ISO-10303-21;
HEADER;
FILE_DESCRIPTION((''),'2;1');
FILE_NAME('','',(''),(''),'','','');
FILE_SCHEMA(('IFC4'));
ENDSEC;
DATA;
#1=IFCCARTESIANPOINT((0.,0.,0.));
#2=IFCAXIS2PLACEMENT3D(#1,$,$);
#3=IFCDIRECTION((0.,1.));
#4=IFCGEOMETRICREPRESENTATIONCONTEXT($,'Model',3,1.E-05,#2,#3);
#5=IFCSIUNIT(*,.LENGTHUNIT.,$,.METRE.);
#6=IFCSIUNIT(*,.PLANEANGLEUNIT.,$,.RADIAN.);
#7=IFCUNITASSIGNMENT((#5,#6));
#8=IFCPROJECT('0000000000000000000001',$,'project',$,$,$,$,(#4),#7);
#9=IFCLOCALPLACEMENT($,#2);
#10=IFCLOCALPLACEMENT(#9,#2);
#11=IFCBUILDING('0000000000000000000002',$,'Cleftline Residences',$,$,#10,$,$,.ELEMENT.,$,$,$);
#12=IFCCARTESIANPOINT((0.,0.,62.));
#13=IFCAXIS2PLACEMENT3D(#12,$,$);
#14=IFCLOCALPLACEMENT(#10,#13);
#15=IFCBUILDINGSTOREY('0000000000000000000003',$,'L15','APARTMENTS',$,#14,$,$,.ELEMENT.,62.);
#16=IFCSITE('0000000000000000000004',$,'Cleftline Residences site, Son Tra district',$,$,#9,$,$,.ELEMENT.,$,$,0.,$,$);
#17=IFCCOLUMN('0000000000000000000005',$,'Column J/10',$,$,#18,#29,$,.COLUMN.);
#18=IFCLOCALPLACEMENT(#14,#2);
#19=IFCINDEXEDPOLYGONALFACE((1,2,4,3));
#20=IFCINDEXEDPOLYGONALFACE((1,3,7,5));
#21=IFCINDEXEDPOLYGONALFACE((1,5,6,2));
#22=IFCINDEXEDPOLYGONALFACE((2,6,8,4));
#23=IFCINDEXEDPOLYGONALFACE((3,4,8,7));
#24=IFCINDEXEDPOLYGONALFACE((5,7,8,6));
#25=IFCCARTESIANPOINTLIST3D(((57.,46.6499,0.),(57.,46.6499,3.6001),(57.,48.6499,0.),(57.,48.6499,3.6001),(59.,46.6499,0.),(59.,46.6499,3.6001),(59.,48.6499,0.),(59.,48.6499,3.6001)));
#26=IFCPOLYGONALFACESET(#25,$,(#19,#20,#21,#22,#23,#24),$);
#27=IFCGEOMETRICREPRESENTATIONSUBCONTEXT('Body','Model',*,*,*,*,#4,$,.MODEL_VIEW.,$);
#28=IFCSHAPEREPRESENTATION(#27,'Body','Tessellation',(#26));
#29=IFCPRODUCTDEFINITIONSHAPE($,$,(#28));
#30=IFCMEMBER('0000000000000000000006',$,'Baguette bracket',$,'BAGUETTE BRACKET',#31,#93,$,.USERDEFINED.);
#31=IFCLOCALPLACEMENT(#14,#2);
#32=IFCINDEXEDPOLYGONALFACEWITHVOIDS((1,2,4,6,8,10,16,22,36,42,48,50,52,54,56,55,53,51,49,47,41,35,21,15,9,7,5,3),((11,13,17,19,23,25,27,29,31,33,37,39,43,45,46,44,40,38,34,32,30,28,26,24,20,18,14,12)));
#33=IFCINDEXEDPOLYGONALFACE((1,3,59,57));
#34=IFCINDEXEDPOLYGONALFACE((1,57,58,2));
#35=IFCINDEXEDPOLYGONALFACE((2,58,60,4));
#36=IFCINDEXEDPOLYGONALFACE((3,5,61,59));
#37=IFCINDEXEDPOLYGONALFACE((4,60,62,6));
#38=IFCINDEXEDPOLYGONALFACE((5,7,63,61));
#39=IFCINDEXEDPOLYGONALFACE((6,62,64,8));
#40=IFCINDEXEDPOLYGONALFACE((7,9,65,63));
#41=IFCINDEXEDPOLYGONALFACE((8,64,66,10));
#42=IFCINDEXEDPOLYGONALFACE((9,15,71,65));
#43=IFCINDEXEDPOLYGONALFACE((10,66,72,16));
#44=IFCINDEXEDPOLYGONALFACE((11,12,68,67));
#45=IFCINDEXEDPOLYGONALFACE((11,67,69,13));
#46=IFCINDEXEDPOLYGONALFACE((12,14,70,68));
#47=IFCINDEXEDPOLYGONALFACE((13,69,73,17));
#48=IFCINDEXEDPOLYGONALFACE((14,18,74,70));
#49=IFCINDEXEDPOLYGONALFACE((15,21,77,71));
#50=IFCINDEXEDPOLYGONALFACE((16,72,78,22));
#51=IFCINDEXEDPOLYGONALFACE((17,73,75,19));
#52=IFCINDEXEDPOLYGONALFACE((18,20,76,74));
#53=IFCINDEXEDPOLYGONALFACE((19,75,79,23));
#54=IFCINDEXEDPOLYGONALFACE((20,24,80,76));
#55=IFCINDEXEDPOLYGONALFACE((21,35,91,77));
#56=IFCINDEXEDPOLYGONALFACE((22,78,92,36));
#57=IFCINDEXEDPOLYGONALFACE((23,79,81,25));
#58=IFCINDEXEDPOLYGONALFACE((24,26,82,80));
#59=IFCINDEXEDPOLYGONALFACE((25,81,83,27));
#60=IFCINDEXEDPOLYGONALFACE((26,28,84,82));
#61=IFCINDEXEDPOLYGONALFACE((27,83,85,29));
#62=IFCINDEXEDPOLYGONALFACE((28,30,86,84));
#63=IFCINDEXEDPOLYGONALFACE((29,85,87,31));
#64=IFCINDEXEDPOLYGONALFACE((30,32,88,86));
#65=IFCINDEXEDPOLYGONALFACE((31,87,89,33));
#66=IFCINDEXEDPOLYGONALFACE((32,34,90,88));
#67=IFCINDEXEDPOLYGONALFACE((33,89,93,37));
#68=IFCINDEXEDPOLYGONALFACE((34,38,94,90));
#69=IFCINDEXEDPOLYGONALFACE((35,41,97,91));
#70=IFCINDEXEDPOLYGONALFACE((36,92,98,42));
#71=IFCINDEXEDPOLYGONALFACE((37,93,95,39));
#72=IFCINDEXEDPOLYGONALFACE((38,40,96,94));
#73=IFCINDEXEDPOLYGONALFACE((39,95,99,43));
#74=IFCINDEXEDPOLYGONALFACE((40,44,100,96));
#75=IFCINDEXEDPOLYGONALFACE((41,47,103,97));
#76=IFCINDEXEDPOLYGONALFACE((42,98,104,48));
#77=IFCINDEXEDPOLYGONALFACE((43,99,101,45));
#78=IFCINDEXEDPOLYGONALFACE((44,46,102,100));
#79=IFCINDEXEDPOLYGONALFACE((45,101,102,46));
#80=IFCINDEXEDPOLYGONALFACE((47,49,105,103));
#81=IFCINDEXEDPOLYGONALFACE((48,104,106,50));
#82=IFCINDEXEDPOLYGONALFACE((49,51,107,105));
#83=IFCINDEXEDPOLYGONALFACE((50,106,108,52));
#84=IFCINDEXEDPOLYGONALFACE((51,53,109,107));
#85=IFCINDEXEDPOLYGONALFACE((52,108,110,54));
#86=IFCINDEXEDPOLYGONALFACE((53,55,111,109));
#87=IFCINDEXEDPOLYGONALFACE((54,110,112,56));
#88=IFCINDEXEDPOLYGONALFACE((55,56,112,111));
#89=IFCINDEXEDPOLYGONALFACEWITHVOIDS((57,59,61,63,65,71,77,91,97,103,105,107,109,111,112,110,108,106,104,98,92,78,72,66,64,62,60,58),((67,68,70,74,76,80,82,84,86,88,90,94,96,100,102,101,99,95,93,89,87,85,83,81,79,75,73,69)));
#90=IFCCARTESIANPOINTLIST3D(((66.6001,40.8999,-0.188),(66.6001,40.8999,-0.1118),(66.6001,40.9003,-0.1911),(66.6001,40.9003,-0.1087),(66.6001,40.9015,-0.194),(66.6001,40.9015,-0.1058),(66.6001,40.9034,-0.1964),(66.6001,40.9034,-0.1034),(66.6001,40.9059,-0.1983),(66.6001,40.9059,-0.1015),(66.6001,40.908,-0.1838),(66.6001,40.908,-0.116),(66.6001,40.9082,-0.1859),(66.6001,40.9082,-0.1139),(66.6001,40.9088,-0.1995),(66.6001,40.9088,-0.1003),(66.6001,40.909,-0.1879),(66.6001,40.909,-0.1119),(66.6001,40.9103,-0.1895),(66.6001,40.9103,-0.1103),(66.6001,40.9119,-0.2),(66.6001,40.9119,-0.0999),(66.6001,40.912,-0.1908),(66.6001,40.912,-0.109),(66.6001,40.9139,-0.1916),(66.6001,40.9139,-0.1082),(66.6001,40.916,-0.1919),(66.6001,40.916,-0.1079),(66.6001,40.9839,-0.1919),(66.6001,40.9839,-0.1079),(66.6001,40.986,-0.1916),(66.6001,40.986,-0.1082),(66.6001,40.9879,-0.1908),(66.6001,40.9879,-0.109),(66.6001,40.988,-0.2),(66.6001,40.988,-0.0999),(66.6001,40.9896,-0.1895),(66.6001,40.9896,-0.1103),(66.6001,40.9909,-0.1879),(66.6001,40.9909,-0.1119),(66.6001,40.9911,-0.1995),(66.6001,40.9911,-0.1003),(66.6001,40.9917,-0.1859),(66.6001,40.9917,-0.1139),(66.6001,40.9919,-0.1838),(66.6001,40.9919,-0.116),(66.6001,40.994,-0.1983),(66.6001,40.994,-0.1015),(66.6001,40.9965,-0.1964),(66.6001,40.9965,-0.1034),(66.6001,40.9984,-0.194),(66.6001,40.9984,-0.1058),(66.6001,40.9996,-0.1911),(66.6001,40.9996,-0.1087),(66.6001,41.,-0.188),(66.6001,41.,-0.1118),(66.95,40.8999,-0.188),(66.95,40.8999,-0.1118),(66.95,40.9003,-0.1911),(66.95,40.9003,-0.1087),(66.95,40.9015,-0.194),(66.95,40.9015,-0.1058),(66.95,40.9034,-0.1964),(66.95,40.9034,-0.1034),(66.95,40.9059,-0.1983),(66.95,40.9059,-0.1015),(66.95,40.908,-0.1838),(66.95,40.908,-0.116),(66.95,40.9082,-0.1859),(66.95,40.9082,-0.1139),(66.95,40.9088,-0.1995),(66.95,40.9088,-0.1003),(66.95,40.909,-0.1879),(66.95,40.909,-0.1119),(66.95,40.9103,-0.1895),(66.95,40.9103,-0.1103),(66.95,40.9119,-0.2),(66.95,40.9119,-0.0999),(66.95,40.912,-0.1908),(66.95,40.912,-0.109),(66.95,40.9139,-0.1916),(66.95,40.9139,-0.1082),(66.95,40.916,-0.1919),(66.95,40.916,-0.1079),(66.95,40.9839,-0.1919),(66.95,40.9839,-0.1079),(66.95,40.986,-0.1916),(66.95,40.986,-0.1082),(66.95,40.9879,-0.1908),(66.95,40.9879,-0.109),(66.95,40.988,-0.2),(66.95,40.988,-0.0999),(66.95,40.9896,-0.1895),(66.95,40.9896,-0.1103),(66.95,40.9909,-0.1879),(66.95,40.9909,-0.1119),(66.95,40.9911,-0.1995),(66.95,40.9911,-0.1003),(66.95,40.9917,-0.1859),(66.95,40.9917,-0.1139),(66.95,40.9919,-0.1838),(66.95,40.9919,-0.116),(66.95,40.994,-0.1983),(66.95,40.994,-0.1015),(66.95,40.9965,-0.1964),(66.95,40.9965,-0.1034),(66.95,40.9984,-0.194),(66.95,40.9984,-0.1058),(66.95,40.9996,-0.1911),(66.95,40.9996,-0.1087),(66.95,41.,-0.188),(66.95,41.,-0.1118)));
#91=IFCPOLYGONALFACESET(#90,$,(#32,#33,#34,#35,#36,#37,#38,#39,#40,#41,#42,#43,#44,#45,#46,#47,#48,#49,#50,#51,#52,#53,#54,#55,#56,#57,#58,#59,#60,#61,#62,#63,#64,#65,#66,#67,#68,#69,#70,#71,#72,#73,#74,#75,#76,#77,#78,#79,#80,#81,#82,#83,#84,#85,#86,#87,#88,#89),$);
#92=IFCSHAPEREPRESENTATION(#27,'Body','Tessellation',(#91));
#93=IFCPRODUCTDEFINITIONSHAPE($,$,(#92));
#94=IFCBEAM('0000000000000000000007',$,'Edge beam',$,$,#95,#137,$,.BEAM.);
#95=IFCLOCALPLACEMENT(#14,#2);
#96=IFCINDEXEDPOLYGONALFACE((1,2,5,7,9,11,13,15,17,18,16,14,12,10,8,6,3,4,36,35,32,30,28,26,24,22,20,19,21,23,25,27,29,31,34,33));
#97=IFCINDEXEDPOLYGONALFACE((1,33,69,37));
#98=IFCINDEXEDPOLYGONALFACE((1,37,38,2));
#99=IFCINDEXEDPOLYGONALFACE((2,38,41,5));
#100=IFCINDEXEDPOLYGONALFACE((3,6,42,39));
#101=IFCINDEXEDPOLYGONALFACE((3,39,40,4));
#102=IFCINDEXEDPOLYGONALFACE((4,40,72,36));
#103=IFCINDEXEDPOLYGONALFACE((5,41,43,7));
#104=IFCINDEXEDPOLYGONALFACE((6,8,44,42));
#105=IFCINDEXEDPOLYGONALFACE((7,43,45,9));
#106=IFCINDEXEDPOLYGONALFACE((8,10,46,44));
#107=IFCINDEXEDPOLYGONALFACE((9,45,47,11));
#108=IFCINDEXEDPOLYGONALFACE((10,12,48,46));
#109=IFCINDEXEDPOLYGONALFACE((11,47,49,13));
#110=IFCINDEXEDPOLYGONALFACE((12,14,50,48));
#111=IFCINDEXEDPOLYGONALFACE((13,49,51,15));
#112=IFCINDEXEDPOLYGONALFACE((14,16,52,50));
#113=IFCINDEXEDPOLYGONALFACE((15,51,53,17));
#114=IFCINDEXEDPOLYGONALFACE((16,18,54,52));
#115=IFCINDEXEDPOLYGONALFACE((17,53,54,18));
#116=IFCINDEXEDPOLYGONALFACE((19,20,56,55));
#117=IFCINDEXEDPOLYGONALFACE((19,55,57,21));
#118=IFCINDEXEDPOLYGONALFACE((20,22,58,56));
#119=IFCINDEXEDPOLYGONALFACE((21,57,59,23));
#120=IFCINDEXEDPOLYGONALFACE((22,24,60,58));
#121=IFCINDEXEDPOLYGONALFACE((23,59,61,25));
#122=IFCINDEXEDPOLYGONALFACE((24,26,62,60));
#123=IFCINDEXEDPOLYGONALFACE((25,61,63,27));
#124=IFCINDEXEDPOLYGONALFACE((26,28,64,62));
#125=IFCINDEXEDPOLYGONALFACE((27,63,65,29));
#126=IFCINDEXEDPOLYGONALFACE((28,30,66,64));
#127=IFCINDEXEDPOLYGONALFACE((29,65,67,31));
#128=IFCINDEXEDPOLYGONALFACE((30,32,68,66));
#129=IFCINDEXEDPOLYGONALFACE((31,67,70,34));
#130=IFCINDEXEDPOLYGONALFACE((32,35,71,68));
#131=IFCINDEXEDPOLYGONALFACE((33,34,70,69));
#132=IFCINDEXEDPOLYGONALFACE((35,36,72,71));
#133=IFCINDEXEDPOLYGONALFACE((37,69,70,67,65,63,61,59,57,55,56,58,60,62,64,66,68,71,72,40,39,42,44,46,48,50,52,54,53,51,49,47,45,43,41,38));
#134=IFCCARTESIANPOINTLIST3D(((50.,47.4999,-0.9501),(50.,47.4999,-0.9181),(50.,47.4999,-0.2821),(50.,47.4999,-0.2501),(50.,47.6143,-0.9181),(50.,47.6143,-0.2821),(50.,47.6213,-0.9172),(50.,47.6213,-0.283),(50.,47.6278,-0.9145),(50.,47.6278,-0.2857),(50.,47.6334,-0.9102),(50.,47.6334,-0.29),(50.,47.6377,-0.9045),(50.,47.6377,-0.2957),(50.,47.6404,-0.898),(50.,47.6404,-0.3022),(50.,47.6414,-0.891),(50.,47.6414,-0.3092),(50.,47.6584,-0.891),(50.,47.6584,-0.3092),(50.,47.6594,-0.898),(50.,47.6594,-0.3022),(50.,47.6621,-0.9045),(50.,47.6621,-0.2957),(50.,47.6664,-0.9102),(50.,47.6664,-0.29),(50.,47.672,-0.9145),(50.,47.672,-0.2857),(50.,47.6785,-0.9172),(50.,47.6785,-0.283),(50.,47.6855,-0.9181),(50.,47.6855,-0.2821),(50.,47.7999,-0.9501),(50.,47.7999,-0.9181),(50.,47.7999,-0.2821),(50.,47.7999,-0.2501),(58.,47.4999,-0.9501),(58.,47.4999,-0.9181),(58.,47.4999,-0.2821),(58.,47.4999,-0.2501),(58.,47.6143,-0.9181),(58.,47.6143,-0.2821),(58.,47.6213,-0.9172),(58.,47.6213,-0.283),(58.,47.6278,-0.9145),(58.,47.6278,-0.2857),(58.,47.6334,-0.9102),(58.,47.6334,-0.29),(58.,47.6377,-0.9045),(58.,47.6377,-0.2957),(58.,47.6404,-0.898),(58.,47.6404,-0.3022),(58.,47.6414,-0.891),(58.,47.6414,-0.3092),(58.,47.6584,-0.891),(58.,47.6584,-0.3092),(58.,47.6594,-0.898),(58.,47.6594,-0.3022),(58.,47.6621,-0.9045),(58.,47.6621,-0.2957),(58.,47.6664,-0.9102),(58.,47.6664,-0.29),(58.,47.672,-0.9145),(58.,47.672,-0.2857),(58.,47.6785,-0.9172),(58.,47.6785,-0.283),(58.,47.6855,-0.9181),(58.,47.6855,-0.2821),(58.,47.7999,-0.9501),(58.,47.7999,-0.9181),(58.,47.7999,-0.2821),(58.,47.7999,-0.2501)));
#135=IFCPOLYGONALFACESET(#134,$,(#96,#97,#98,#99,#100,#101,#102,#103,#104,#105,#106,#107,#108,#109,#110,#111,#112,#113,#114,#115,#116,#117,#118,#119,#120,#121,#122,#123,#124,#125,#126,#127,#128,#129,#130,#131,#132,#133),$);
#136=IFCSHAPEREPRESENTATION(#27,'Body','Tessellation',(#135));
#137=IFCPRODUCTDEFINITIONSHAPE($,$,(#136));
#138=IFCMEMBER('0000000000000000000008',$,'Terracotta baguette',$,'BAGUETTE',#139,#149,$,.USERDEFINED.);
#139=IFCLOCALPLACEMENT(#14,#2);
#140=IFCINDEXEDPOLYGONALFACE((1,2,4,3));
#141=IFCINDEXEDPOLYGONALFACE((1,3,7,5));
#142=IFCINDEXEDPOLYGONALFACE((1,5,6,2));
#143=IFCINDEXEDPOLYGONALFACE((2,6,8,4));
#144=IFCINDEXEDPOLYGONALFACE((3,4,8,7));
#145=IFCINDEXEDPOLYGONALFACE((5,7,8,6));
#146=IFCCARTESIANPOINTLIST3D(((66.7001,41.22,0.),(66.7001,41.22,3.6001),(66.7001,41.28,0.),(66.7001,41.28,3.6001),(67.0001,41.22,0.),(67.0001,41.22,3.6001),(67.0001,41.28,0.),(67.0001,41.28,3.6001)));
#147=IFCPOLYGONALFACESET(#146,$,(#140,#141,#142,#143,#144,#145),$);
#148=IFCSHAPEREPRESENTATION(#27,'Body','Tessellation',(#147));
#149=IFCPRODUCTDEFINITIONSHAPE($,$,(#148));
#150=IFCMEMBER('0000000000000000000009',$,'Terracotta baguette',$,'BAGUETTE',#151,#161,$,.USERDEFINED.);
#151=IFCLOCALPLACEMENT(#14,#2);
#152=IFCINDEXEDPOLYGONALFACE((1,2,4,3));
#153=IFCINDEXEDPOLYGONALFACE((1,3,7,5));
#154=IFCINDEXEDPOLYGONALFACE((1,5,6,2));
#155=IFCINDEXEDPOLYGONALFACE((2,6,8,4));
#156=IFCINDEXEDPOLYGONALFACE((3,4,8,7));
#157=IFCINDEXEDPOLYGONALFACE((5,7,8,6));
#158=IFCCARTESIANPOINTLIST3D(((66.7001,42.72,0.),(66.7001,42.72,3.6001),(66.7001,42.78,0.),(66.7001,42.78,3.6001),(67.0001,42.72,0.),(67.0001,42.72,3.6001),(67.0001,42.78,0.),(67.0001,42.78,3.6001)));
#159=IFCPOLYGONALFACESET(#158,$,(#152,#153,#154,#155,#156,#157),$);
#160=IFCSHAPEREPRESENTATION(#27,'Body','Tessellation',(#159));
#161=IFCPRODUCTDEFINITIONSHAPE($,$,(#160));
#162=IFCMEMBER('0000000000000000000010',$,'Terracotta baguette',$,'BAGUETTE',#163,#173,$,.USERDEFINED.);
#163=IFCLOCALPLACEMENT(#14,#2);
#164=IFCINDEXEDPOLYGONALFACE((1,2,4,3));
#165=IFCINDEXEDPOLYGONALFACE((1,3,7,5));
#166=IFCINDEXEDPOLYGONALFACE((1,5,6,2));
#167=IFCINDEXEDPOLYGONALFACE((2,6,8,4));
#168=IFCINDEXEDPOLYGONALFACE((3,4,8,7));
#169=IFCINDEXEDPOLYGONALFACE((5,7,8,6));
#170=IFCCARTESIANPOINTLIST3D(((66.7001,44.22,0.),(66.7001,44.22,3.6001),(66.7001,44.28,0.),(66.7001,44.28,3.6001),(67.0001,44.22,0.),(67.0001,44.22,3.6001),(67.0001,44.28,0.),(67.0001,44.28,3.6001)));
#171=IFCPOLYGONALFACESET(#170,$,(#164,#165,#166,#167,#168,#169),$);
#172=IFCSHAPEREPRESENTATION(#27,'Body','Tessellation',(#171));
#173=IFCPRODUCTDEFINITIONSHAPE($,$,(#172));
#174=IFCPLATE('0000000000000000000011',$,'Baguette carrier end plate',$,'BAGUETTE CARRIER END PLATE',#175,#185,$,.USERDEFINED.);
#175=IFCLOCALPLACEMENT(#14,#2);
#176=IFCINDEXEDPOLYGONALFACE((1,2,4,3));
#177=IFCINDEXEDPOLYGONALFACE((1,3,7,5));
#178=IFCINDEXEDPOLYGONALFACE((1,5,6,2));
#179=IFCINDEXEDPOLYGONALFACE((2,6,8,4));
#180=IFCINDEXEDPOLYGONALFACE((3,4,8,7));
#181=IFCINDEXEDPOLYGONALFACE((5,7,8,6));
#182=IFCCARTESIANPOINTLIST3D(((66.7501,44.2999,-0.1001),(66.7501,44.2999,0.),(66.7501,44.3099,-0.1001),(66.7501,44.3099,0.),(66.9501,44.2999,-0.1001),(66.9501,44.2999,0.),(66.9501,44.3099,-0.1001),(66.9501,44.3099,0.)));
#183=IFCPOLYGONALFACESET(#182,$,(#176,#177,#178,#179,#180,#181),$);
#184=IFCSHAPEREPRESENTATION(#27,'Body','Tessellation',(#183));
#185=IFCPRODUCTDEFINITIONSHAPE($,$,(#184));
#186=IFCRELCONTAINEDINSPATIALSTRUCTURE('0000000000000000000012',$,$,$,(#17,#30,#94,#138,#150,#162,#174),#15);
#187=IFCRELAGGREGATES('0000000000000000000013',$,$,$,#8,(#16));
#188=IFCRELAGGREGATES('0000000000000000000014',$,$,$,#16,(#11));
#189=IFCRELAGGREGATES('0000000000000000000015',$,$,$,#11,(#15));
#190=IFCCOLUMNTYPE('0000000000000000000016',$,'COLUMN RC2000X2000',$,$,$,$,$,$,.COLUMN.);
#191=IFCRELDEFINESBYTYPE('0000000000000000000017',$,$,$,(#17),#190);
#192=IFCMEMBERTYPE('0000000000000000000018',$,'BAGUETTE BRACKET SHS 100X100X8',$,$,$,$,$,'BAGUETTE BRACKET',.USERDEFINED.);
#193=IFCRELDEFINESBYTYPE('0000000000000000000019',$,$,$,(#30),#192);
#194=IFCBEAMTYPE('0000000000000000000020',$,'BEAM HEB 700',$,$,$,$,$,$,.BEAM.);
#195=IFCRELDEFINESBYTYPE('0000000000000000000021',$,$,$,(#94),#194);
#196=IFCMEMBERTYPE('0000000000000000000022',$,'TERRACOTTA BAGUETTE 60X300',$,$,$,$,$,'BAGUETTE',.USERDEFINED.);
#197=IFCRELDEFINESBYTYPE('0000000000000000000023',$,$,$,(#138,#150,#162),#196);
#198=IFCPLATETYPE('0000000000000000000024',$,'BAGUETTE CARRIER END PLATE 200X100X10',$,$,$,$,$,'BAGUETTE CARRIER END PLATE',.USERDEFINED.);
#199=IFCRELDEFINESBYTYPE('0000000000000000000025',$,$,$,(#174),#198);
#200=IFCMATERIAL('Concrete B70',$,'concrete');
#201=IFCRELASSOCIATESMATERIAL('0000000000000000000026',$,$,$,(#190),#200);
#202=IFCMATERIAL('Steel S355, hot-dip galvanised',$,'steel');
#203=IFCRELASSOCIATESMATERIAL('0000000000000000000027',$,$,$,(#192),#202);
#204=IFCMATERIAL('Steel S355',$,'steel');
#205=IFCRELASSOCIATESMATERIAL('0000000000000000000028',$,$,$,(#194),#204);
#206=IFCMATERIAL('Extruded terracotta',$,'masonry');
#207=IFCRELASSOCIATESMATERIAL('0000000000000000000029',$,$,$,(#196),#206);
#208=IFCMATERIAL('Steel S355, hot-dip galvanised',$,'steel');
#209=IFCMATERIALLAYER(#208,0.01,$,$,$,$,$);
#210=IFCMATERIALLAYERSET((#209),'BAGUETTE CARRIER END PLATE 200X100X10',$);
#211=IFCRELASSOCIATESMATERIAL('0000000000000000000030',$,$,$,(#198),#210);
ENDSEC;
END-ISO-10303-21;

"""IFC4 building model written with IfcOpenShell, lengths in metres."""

from ifc_helpers import new_model, si_unit, direction, frame, origin, origin_2d, place, context, subcontext, project, spatial, rectangle, hollow_rectangle, i_section, extrude, material, layer, layer_set, material_profile, profile_set, type_object, element, save


model = new_model("IFC4")

# Units and contexts
model_context = context("Model", 3, precision=1e-05, world=origin(), true_north=direction((0.0, 1.0)))
body_context = subcontext(model_context, "Body", "Model", "MODEL_VIEW")
ifc_project = project(units=[si_unit("LENGTHUNIT", "METRE"), si_unit("PLANEANGLEUNIT", "RADIAN")], contexts=[model_context])

# Site, building, storey
site_placement = place(None, origin())
site = spatial("IfcSite", under=ifc_project, at=site_placement, Name="Cleftline Residences site, Son Tra district", CompositionType="ELEMENT", RefElevation=0.0)
building_placement = place(site_placement, origin())
building = spatial("IfcBuilding", under=site, at=building_placement, Name="Cleftline Residences", CompositionType="ELEMENT")
storey_placement = place(building_placement, frame((0.0, 0.0, 62.0)))
storey = spatial("IfcBuildingStorey", under=building, at=storey_placement, Name="L15", Description="APARTMENTS", CompositionType="ELEMENT", Elevation=62.0)

# Column
ifc_material_1 = material(Name="Concrete B70", Category="concrete")
ifc_material_profile_1 = material_profile(ifc_material_1, rectangle(XDim=2.0, YDim=2.0, at=origin_2d()))
ifc_profile_set_1 = profile_set([ifc_material_profile_1], Name="Concrete B70")
column_type = type_object("IfcColumnType", Name="COLUMN RC2000X2000", PredefinedType="COLUMN", material=ifc_profile_set_1)
column_placement = place(storey_placement, frame((58.0, 47.6499, 0.0), z_axis=(0.0, 0.0, 1.0), x_axis=(1.0, 0.0, 0.0)))
element("IfcColumn", 1, at=column_placement, inside=storey, type_object=column_type, Name="Column J/10", PredefinedType="COLUMN", context=body_context, shape_type="SweptSolid", body=[
    extrude(rectangle(XDim=2.0, YDim=2.0, at=origin_2d()), origin(), (0.0, 0.0, 1.0), 3.6001),
])

# Member
ifc_material_2 = material(Name="Steel S355, hot-dip galvanised", Category="steel")
ifc_material_profile_2 = material_profile(ifc_material_2, hollow_rectangle(XDim=0.1001, YDim=0.1001, WallThickness=0.0081, InnerFilletRadius=0.0081, OuterFilletRadius=0.012, at=origin_2d()))
ifc_profile_set_2 = profile_set([ifc_material_profile_2], Name="Steel S355, hot-dip galvanised")
member_type_1 = type_object("IfcMemberType", Name="BAGUETTE BRACKET SHS 100X100X8", ElementType="BAGUETTE BRACKET", PredefinedType="USERDEFINED", material=ifc_profile_set_2)
member_placement = place(storey_placement, frame((66.6001, 40.95, -0.1499), z_axis=(1.0, 0.0, 0.0), x_axis=(0.0, 1.0, 0.0)))
element("IfcMember", 2, at=member_placement, inside=storey, type_object=member_type_1, Name="Baguette bracket", ObjectType="BAGUETTE BRACKET", PredefinedType="USERDEFINED", context=body_context, shape_type="SweptSolid", body=[
    extrude(hollow_rectangle(XDim=0.1001, YDim=0.1001, WallThickness=0.0081, InnerFilletRadius=0.0081, OuterFilletRadius=0.012, at=origin_2d()), origin(), (0.0, 0.0, 1.0), 0.3499),
])

# Beam
ifc_material_3 = material(Name="Steel S355", Category="steel")
ifc_material_profile_3 = material_profile(ifc_material_3, i_section(OverallWidth=0.3, OverallDepth=0.7, WebThickness=0.0171, FlangeThickness=0.032, FilletRadius=0.0271, at=origin_2d()))
ifc_profile_set_3 = profile_set([ifc_material_profile_3], Name="Steel S355")
beam_type = type_object("IfcBeamType", Name="BEAM HEB 700", PredefinedType="BEAM", material=ifc_profile_set_3)
beam_placement = place(storey_placement, frame((58.0, 47.6499, -0.6001), z_axis=(-1.0, 0.0, 0.0), x_axis=(0.0, -1.0, 0.0)))
element("IfcBeam", 3, at=beam_placement, inside=storey, type_object=beam_type, Name="Edge beam", PredefinedType="BEAM", context=body_context, shape_type="SweptSolid", body=[
    extrude(i_section(OverallWidth=0.3, OverallDepth=0.7, WebThickness=0.0171, FlangeThickness=0.032, FilletRadius=0.0271, at=origin_2d()), origin(), (0.0, 0.0, 1.0), 8.0),
])

# Members
ifc_material_4 = material(Name="Extruded terracotta", Category="masonry")
ifc_material_profile_4 = material_profile(ifc_material_4, rectangle(XDim=0.0601, YDim=0.3, at=origin_2d()))
ifc_profile_set_4 = profile_set([ifc_material_profile_4], Name="Extruded terracotta")
member_type_2 = type_object("IfcMemberType", Name="TERRACOTTA BAGUETTE 60X300", ElementType="BAGUETTE", PredefinedType="USERDEFINED", material=ifc_profile_set_4)
for number, where, z_axis, x_axis, name in (
    (4, (66.8501, 41.25, 0.0), (0.0, 0.0, 1.0), (0.0, 1.0, 0.0), "Terracotta baguette"),
    (5, (66.8501, 42.75, 0.0), (0.0, 0.0, 1.0), (0.0, 1.0, 0.0), "Terracotta baguette"),
    (6, (66.8501, 44.25, 0.0), (0.0, 0.0, 1.0), (0.0, 1.0, 0.0), "Terracotta baguette"),
):
    element("IfcMember", number, at=place(storey_placement, frame(where, z_axis=z_axis, x_axis=x_axis)), inside=storey, type_object=member_type_2, Name=name, ObjectType="BAGUETTE", PredefinedType="USERDEFINED", context=body_context, shape_type="SweptSolid", body=[
        extrude(rectangle(XDim=0.0601, YDim=0.3, at=origin_2d()), origin(), (0.0, 0.0, 1.0), 3.6001),
    ])

# Plate
ifc_material_5 = material(Name="Steel S355, hot-dip galvanised", Category="steel")
ifc_layer_1 = layer(ifc_material_5, 0.01)
ifc_layer_set_1 = layer_set([ifc_layer_1], Name="BAGUETTE CARRIER END PLATE 200X100X10")
plate_type = type_object("IfcPlateType", Name="BAGUETTE CARRIER END PLATE 200X100X10", ElementType="BAGUETTE CARRIER END PLATE", PredefinedType="USERDEFINED", material=ifc_layer_set_1)
plate_placement = place(storey_placement, frame((66.8501, 44.3049, -0.1001), z_axis=(0.0, 0.0, 1.0), x_axis=(1.0, 0.0, 0.0)))
element("IfcPlate", 7, at=plate_placement, inside=storey, type_object=plate_type, Name="Baguette carrier end plate", ObjectType="BAGUETTE CARRIER END PLATE", PredefinedType="USERDEFINED", context=body_context, shape_type="SweptSolid", body=[
    extrude(rectangle(XDim=0.2, YDim=0.01, at=origin_2d()), origin(), (0.0, 0.0, 1.0), 0.1001),
])

save(model, "model.ifc")
